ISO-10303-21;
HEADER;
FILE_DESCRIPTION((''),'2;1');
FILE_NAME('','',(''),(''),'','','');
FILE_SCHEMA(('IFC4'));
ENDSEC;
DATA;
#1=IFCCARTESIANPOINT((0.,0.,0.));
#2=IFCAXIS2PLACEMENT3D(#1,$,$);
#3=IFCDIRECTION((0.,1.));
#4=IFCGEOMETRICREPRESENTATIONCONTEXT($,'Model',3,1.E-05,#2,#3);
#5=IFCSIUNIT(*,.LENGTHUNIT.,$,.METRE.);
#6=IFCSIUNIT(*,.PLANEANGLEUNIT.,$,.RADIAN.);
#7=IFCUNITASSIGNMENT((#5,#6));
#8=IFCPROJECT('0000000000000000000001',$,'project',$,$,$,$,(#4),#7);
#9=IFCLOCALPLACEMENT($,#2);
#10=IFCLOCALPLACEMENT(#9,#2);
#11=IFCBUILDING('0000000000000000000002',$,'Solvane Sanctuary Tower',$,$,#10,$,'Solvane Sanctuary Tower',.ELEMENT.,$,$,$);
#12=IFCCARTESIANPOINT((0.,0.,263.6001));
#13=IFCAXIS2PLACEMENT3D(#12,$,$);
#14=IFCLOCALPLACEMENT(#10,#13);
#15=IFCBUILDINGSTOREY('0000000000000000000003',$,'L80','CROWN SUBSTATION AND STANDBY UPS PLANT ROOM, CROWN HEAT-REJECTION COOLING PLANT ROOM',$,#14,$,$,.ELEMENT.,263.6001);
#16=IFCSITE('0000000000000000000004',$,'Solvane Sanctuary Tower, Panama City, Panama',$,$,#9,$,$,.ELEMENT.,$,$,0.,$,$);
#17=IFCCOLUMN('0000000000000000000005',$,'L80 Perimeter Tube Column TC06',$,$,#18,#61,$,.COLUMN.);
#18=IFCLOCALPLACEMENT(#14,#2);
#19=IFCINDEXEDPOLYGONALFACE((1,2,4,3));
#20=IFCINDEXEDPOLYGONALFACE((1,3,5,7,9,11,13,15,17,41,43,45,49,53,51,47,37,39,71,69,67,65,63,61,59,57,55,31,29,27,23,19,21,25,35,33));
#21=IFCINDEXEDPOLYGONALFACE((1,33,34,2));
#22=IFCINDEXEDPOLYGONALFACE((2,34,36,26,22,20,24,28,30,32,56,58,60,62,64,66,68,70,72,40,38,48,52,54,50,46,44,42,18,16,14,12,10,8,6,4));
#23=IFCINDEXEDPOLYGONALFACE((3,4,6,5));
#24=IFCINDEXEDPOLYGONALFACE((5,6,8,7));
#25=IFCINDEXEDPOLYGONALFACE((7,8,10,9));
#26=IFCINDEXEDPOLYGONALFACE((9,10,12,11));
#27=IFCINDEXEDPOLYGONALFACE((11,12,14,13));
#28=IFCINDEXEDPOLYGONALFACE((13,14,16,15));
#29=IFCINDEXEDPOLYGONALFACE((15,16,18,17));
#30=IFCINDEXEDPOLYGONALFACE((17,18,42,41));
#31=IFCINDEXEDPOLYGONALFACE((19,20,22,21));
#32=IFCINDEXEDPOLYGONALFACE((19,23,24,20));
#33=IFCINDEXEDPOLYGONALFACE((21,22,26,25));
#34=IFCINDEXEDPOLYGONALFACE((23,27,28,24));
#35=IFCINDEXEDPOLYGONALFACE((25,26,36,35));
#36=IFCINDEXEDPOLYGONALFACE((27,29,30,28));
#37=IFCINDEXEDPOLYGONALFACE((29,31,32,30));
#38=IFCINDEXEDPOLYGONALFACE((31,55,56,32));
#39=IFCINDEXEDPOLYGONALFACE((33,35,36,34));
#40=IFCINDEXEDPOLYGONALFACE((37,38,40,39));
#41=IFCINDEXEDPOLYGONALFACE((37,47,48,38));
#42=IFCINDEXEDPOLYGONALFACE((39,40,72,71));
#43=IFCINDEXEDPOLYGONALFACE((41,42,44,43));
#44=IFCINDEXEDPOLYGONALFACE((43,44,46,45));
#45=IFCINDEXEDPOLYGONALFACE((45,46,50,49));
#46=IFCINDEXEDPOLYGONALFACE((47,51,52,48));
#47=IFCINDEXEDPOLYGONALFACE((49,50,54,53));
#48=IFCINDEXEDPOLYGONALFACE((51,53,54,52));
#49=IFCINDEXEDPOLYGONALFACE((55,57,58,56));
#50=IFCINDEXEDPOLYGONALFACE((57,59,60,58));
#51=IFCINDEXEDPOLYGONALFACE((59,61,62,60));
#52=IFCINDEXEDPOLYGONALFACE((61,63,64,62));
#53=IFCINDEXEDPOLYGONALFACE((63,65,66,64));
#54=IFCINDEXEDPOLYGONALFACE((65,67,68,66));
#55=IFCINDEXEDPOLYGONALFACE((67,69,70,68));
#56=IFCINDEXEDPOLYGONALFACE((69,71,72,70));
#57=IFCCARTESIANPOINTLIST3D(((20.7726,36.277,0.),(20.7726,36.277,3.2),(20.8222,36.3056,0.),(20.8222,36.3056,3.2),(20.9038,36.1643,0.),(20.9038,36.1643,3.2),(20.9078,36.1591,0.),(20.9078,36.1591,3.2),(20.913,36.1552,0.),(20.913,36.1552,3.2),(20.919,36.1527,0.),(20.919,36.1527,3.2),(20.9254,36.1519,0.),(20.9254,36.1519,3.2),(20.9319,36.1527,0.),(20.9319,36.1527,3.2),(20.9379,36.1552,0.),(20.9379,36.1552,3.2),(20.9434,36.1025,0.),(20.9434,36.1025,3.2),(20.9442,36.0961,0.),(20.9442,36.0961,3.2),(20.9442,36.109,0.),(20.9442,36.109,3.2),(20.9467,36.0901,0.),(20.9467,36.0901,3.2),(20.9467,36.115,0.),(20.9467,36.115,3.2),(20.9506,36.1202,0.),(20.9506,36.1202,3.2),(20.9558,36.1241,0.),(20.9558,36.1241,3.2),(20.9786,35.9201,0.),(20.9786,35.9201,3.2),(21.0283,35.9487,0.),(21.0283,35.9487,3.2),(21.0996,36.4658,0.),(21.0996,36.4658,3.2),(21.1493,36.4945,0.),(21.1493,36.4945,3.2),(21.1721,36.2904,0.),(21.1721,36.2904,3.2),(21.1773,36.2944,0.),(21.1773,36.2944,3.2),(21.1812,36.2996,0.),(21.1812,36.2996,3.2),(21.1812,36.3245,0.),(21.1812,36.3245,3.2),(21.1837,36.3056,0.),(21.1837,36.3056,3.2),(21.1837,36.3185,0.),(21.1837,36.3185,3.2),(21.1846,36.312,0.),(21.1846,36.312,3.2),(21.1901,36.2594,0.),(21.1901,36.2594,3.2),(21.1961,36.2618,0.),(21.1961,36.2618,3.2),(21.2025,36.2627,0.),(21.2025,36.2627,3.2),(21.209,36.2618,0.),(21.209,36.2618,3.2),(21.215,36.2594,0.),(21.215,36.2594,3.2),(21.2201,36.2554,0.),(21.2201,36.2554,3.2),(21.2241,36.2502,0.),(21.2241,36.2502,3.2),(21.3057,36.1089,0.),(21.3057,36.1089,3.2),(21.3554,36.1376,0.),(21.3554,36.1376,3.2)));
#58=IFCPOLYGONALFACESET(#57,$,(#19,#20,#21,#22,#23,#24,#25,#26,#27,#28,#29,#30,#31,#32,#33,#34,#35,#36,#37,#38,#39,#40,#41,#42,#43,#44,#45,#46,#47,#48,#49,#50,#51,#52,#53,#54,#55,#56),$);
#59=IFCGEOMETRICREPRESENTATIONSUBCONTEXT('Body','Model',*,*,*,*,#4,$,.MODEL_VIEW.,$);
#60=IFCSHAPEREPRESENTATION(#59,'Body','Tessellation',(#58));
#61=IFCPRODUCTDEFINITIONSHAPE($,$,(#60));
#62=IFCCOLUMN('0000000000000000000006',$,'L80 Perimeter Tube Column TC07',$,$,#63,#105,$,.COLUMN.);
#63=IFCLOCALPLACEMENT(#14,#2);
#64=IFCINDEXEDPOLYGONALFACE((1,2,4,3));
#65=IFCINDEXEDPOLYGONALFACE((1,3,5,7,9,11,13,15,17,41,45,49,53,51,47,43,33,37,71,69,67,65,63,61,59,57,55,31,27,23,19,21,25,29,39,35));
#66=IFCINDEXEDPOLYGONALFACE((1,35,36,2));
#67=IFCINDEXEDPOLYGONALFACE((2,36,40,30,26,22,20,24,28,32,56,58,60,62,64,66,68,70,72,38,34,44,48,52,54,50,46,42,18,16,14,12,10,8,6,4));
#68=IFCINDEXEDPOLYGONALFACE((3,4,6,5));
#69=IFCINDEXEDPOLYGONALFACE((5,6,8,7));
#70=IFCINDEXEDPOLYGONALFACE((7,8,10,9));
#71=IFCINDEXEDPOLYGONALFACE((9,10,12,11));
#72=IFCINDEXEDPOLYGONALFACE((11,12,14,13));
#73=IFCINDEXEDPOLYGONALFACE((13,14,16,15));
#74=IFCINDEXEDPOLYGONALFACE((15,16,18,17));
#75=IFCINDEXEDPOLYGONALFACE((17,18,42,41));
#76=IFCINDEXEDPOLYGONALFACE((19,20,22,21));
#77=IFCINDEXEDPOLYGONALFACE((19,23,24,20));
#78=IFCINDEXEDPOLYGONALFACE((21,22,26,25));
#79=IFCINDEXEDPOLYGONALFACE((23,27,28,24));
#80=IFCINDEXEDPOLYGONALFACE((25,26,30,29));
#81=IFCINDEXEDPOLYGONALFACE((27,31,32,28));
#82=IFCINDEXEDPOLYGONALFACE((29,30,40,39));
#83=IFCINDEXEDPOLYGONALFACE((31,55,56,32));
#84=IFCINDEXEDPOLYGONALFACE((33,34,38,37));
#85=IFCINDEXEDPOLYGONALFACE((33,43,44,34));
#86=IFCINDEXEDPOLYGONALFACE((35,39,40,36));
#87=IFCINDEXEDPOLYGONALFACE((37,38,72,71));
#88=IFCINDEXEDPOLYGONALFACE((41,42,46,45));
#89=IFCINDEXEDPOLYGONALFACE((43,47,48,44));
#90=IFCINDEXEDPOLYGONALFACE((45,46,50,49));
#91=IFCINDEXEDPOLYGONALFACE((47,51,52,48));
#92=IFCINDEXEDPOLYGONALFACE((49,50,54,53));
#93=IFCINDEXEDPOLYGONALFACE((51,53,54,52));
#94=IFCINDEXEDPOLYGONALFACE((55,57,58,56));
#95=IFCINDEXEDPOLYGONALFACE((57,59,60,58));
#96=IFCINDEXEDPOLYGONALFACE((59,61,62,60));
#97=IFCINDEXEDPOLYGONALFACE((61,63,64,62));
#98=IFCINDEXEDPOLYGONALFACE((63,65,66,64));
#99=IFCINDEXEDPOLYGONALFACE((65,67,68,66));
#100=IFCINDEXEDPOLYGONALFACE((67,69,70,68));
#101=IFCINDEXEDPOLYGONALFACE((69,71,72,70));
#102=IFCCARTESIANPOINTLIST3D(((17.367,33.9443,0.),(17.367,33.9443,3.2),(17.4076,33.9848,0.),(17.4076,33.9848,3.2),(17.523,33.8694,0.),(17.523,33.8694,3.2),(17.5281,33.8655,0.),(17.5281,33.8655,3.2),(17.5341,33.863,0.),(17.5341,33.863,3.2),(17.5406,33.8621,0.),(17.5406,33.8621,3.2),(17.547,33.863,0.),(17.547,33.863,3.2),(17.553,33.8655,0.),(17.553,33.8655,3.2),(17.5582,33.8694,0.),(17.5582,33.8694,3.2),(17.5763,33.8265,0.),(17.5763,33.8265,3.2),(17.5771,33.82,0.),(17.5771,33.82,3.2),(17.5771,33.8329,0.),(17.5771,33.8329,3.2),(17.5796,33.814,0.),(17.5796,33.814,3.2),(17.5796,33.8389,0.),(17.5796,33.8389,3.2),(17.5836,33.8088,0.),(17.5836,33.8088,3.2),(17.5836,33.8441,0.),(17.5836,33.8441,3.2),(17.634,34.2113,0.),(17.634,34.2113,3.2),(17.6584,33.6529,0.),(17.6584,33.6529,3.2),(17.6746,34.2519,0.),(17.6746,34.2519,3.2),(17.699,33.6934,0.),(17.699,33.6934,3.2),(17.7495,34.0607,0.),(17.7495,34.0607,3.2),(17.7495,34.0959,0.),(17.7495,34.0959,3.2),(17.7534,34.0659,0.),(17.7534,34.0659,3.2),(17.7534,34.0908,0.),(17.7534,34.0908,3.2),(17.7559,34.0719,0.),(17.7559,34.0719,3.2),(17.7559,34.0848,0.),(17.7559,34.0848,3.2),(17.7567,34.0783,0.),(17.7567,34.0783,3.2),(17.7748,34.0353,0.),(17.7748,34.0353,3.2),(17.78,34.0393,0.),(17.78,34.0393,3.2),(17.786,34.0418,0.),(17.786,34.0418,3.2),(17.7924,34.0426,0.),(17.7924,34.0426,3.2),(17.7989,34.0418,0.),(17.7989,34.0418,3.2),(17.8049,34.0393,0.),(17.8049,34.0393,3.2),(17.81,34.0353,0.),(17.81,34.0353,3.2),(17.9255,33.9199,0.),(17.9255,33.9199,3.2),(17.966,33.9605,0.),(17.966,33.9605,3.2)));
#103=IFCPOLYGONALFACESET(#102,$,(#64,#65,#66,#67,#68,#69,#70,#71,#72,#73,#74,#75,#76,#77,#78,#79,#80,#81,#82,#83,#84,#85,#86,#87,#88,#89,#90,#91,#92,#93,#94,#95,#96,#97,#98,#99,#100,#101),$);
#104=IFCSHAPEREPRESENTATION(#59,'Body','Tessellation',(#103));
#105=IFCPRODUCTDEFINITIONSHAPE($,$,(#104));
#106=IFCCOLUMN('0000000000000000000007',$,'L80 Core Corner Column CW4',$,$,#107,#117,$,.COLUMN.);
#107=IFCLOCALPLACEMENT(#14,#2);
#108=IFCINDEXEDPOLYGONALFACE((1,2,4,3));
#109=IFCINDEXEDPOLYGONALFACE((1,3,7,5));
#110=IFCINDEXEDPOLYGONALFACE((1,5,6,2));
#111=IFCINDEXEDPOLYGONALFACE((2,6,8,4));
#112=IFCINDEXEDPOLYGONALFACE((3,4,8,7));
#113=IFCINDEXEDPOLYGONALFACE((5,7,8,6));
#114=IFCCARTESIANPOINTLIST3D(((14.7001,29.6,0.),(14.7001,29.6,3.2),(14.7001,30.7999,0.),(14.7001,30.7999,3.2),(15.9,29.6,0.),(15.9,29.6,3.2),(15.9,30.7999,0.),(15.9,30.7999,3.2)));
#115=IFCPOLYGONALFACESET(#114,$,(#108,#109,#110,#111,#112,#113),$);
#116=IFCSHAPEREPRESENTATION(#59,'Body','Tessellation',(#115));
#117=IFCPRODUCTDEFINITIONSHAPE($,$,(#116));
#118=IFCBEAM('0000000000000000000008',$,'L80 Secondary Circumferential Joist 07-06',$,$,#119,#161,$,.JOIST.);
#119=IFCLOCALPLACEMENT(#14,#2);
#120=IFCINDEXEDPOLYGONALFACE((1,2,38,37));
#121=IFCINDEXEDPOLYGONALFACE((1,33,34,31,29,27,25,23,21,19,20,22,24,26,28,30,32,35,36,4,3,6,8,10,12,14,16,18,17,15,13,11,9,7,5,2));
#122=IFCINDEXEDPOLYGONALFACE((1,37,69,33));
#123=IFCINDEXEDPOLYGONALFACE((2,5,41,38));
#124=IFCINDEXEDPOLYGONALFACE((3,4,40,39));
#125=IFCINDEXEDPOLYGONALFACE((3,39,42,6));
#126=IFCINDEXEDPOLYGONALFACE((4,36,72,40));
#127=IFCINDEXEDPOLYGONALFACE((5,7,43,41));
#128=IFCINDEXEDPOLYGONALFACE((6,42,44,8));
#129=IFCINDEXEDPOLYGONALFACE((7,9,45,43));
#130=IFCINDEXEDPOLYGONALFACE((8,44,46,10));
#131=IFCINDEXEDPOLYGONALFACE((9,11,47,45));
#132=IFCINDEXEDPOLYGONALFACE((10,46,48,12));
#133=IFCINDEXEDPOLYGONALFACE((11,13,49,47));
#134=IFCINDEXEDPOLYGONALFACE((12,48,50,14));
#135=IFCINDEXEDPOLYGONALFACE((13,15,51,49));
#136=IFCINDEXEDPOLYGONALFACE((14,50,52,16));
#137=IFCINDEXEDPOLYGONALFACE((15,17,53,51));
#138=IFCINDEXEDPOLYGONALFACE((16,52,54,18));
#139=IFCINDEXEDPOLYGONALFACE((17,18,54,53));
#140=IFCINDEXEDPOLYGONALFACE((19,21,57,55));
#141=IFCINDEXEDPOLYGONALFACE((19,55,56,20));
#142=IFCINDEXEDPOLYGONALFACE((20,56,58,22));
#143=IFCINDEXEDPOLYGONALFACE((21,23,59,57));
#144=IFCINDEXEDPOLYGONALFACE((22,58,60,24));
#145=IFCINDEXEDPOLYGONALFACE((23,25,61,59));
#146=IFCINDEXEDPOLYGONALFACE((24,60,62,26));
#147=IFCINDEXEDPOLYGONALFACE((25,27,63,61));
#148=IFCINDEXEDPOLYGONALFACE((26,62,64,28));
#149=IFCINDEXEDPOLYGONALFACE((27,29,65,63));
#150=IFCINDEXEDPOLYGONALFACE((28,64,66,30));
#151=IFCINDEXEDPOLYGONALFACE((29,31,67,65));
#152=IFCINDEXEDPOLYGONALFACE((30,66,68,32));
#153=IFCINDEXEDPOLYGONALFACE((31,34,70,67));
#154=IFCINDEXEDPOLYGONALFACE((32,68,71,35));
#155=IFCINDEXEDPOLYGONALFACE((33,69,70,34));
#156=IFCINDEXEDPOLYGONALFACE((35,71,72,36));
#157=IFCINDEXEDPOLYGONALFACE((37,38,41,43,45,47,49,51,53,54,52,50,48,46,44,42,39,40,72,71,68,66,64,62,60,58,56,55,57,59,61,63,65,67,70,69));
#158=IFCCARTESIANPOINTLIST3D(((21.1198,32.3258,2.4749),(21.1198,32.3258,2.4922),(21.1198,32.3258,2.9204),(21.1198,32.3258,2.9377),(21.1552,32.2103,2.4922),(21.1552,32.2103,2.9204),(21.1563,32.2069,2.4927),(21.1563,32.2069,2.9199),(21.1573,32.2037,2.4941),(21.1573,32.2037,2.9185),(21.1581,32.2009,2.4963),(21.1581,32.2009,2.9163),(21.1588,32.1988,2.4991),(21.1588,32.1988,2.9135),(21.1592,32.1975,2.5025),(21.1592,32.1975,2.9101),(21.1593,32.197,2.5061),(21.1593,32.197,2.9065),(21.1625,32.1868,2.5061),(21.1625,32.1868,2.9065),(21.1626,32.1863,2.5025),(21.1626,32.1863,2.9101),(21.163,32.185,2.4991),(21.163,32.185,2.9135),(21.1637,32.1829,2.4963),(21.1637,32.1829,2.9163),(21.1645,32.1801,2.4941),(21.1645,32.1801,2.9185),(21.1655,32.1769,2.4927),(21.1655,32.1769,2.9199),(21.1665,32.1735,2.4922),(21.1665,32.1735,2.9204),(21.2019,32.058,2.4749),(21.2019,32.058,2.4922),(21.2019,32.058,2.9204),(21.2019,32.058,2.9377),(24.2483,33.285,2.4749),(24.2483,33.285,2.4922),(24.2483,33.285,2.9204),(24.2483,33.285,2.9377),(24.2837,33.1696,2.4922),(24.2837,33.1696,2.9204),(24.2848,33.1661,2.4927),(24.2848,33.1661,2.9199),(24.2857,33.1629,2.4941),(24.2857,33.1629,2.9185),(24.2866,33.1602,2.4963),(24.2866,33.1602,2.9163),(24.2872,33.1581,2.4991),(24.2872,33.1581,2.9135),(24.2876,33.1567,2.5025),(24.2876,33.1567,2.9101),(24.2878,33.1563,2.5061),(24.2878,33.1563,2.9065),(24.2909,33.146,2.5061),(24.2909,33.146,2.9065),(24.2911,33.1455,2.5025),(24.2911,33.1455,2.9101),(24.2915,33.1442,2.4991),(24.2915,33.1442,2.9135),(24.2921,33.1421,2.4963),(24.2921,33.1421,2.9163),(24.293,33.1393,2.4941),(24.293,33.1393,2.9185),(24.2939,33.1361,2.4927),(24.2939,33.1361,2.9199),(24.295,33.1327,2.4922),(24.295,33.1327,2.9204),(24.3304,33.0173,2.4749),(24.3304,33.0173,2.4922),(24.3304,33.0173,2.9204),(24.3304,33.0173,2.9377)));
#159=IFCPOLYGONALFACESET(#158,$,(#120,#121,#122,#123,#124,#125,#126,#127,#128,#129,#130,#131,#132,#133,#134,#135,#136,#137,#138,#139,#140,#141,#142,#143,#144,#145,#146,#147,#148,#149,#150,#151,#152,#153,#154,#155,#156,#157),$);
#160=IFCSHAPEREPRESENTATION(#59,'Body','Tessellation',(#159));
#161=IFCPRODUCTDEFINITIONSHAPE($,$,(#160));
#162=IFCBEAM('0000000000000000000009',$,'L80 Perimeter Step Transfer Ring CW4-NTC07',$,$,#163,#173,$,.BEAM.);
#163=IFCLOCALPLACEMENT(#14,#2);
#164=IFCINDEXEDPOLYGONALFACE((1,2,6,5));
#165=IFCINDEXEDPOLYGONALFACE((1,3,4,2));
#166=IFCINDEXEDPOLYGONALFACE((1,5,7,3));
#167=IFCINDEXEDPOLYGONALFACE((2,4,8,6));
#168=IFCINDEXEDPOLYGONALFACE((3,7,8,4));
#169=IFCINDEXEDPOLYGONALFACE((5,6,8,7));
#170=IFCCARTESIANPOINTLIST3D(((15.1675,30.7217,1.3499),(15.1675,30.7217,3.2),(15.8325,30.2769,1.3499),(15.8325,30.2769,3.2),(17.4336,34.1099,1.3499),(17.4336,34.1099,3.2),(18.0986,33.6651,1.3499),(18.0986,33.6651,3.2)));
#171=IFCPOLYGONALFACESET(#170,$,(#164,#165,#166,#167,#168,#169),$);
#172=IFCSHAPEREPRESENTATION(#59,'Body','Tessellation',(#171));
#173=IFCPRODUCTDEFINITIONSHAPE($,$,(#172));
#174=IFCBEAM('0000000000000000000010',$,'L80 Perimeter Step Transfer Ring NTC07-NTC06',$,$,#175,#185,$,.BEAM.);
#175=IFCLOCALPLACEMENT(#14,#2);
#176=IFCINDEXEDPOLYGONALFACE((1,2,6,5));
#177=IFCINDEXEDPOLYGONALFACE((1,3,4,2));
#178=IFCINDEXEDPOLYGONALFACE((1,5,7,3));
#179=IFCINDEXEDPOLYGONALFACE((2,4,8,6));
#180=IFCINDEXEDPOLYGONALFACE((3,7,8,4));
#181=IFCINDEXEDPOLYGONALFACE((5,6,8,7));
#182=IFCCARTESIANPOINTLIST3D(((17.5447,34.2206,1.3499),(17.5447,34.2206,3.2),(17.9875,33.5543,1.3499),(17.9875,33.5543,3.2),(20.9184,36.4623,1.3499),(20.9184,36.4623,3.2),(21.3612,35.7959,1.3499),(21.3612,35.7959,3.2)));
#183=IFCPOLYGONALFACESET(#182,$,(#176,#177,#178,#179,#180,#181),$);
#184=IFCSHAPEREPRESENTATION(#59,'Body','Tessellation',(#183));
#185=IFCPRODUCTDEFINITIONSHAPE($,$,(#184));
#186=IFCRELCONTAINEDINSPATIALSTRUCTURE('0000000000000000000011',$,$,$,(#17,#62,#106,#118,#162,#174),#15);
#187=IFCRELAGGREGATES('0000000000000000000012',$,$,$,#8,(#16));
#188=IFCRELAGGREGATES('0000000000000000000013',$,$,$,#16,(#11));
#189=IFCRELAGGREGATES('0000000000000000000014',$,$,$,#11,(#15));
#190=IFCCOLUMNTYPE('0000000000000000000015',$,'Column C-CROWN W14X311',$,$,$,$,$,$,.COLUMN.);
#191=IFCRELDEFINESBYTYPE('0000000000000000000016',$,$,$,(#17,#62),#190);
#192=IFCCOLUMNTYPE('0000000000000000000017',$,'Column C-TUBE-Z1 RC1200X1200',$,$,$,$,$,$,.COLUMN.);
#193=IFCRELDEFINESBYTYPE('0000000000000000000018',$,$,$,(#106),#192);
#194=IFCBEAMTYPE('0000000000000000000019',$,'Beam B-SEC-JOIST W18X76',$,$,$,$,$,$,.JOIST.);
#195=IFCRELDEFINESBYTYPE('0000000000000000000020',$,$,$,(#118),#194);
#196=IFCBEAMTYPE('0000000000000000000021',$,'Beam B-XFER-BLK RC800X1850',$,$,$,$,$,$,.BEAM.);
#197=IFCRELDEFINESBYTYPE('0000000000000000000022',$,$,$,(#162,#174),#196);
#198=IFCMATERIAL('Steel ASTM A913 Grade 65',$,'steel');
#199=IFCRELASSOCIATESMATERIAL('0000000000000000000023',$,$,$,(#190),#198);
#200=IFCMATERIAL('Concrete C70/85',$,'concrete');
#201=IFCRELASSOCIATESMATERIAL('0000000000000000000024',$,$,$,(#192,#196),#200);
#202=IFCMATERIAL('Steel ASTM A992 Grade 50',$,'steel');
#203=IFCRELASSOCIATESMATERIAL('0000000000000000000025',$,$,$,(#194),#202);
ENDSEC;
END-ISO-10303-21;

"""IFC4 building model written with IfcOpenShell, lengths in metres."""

from ifc_helpers import new_model, si_unit, direction, frame, origin, origin_2d, place, context, subcontext, project, spatial, rectangle, i_section, extrude, material, material_profile, profile_set, type_object, element, save


model = new_model("IFC4")

# Units and contexts
model_context = context("Model", 3, precision=1e-05, world=origin(), true_north=direction((0.0, 1.0)))
body_context = subcontext(model_context, "Body", "Model", "MODEL_VIEW")
ifc_project = project(units=[si_unit("LENGTHUNIT", "METRE"), si_unit("PLANEANGLEUNIT", "RADIAN")], contexts=[model_context])

# Site, building, storey
site_placement = place(None, origin())
site = spatial("IfcSite", under=ifc_project, at=site_placement, Name="Solvane Sanctuary Tower, Panama City, Panama", CompositionType="ELEMENT", RefElevation=0.0)
building_placement = place(site_placement, origin())
building = spatial("IfcBuilding", under=site, at=building_placement, Name="Solvane Sanctuary Tower", LongName="Solvane Sanctuary Tower", CompositionType="ELEMENT")
storey_placement = place(building_placement, frame((0.0, 0.0, 263.6001)))
storey = spatial("IfcBuildingStorey", under=building, at=storey_placement, Name="L80", Description="CROWN SUBSTATION AND STANDBY UPS PLANT ROOM, CROWN HEAT-REJECTION COOLING PLANT ROOM", CompositionType="ELEMENT", Elevation=263.6001)

# Columns
ifc_material_1 = material(Name="Steel ASTM A913 Grade 65", Category="steel")
ifc_material_profile_1 = material_profile(ifc_material_1, i_section(OverallWidth=0.4121, OverallDepth=0.4351, WebThickness=0.0359, FlangeThickness=0.0574, FilletRadius=0.0249, at=origin_2d()), Name="W14X311")
ifc_profile_set_1 = profile_set([ifc_material_profile_1], Name="Steel ASTM A913 Grade 65")
column_type_1 = type_object("IfcColumnType", Name="Column C-CROWN W14X311", PredefinedType="COLUMN", material=ifc_profile_set_1)
for number, where, z_axis, x_axis, name in (
    (1, (21.064, 36.2073, 0.0), (0.0, 0.0, 1.0), (-0.5, 0.866025, 0.0), "L80 Perimeter Tube Column TC06"),
    (2, (17.6665, 33.9524, 0.0), (0.0, 0.0, 1.0), (-0.707107, 0.707107, 0.0), "L80 Perimeter Tube Column TC07"),
):
    element("IfcColumn", number, at=place(storey_placement, frame(where, z_axis=z_axis, x_axis=x_axis)), inside=storey, type_object=column_type_1, Name=name, PredefinedType="COLUMN", context=body_context, shape_type="SweptSolid", body=[
        extrude(i_section(OverallWidth=0.4121, OverallDepth=0.4351, WebThickness=0.0359, FlangeThickness=0.0574, FilletRadius=0.0249, at=origin_2d()), origin(), (0.0, 0.0, 1.0), 3.2),
    ])
ifc_material_2 = material(Name="Concrete C70/85", Category="concrete")
ifc_material_profile_2 = material_profile(ifc_material_2, rectangle(XDim=1.2, YDim=1.2, at=origin_2d()), Name="RC1200X1200")
ifc_profile_set_2 = profile_set([ifc_material_profile_2], Name="Concrete C70/85")
column_type_2 = type_object("IfcColumnType", Name="Column C-TUBE-Z1 RC1200X1200", PredefinedType="COLUMN", material=ifc_profile_set_2)
column_placement = place(storey_placement, frame((15.3, 30.2, 0.0), z_axis=(0.0, 0.0, 1.0), x_axis=(1.0, 0.0, 0.0)))
element("IfcColumn", 3, at=column_placement, inside=storey, type_object=column_type_2, Name="L80 Core Corner Column CW4", PredefinedType="COLUMN", context=body_context, shape_type="SweptSolid", body=[
    extrude(rectangle(XDim=1.2, YDim=1.2, at=origin_2d()), origin(), (0.0, 0.0, 1.0), 3.2),
])

# Beams
ifc_material_3 = material(Name="Steel ASTM A992 Grade 50", Category="steel")
ifc_material_profile_3 = material_profile(ifc_material_3, i_section(OverallWidth=0.28, OverallDepth=0.4629, WebThickness=0.0107, FlangeThickness=0.0173, FilletRadius=0.0139, at=origin_2d()), Name="W18X76")
ifc_profile_set_3 = profile_set([ifc_material_profile_3], Name="Steel ASTM A992 Grade 50")
beam_type_1 = type_object("IfcBeamType", Name="Beam B-SEC-JOIST W18X76", PredefinedType="JOIST", material=ifc_profile_set_3)
beam_1_placement = place(storey_placement, frame((21.1609, 32.1919, 2.7063), z_axis=(0.956067, 0.293147, 0.0), x_axis=(-0.293147, 0.956067, 0.0)))
element("IfcBeam", 4, at=beam_1_placement, inside=storey, type_object=beam_type_1, Name="L80 Secondary Circumferential Joist 07-06", PredefinedType="JOIST", context=body_context, shape_type="SweptSolid", body=[
    extrude(i_section(OverallWidth=0.28, OverallDepth=0.4629, WebThickness=0.0107, FlangeThickness=0.0173, FilletRadius=0.0139, at=origin_2d()), origin(), (0.0, 0.0, 1.0), 3.2722),
])
ifc_material_profile_4 = material_profile(ifc_material_2, rectangle(XDim=0.8, YDim=1.8501, at=origin_2d()), Name="RC800X1850")
ifc_profile_set_4 = profile_set([ifc_material_profile_4], Name="Concrete C70/85")
beam_type_2 = type_object("IfcBeamType", Name="Beam B-XFER-BLK RC800X1850", PredefinedType="BEAM", material=ifc_profile_set_4)
beam_2_placement = place(storey_placement, frame((15.5, 30.4993, 2.2749), z_axis=(0.555944, 0.83122, 0.0), x_axis=(-0.83122, 0.555944, 0.0)))
element("IfcBeam", 5, at=beam_2_placement, inside=storey, type_object=beam_type_2, Name="L80 Perimeter Step Transfer Ring CW4-NTC07", PredefinedType="BEAM", context=body_context, shape_type="SweptSolid", body=[
    extrude(rectangle(XDim=0.8, YDim=1.8501, at=origin_2d()), origin(), (0.0, 0.0, 1.0), 4.0762),
])
beam_3_placement = place(storey_placement, frame((17.7661, 33.8875, 2.2749), z_axis=(0.832902, 0.55342, 0.0), x_axis=(-0.55342, 0.832902, 0.0)))
element("IfcBeam", 6, at=beam_3_placement, inside=storey, type_object=beam_type_2, Name="L80 Perimeter Step Transfer Ring NTC07-NTC06", PredefinedType="BEAM", context=body_context, shape_type="SweptSolid", body=[
    extrude(rectangle(XDim=0.8, YDim=1.8501, at=origin_2d()), origin(), (0.0, 0.0, 1.0), 4.0505),
])

save(model, "model.ifc")
